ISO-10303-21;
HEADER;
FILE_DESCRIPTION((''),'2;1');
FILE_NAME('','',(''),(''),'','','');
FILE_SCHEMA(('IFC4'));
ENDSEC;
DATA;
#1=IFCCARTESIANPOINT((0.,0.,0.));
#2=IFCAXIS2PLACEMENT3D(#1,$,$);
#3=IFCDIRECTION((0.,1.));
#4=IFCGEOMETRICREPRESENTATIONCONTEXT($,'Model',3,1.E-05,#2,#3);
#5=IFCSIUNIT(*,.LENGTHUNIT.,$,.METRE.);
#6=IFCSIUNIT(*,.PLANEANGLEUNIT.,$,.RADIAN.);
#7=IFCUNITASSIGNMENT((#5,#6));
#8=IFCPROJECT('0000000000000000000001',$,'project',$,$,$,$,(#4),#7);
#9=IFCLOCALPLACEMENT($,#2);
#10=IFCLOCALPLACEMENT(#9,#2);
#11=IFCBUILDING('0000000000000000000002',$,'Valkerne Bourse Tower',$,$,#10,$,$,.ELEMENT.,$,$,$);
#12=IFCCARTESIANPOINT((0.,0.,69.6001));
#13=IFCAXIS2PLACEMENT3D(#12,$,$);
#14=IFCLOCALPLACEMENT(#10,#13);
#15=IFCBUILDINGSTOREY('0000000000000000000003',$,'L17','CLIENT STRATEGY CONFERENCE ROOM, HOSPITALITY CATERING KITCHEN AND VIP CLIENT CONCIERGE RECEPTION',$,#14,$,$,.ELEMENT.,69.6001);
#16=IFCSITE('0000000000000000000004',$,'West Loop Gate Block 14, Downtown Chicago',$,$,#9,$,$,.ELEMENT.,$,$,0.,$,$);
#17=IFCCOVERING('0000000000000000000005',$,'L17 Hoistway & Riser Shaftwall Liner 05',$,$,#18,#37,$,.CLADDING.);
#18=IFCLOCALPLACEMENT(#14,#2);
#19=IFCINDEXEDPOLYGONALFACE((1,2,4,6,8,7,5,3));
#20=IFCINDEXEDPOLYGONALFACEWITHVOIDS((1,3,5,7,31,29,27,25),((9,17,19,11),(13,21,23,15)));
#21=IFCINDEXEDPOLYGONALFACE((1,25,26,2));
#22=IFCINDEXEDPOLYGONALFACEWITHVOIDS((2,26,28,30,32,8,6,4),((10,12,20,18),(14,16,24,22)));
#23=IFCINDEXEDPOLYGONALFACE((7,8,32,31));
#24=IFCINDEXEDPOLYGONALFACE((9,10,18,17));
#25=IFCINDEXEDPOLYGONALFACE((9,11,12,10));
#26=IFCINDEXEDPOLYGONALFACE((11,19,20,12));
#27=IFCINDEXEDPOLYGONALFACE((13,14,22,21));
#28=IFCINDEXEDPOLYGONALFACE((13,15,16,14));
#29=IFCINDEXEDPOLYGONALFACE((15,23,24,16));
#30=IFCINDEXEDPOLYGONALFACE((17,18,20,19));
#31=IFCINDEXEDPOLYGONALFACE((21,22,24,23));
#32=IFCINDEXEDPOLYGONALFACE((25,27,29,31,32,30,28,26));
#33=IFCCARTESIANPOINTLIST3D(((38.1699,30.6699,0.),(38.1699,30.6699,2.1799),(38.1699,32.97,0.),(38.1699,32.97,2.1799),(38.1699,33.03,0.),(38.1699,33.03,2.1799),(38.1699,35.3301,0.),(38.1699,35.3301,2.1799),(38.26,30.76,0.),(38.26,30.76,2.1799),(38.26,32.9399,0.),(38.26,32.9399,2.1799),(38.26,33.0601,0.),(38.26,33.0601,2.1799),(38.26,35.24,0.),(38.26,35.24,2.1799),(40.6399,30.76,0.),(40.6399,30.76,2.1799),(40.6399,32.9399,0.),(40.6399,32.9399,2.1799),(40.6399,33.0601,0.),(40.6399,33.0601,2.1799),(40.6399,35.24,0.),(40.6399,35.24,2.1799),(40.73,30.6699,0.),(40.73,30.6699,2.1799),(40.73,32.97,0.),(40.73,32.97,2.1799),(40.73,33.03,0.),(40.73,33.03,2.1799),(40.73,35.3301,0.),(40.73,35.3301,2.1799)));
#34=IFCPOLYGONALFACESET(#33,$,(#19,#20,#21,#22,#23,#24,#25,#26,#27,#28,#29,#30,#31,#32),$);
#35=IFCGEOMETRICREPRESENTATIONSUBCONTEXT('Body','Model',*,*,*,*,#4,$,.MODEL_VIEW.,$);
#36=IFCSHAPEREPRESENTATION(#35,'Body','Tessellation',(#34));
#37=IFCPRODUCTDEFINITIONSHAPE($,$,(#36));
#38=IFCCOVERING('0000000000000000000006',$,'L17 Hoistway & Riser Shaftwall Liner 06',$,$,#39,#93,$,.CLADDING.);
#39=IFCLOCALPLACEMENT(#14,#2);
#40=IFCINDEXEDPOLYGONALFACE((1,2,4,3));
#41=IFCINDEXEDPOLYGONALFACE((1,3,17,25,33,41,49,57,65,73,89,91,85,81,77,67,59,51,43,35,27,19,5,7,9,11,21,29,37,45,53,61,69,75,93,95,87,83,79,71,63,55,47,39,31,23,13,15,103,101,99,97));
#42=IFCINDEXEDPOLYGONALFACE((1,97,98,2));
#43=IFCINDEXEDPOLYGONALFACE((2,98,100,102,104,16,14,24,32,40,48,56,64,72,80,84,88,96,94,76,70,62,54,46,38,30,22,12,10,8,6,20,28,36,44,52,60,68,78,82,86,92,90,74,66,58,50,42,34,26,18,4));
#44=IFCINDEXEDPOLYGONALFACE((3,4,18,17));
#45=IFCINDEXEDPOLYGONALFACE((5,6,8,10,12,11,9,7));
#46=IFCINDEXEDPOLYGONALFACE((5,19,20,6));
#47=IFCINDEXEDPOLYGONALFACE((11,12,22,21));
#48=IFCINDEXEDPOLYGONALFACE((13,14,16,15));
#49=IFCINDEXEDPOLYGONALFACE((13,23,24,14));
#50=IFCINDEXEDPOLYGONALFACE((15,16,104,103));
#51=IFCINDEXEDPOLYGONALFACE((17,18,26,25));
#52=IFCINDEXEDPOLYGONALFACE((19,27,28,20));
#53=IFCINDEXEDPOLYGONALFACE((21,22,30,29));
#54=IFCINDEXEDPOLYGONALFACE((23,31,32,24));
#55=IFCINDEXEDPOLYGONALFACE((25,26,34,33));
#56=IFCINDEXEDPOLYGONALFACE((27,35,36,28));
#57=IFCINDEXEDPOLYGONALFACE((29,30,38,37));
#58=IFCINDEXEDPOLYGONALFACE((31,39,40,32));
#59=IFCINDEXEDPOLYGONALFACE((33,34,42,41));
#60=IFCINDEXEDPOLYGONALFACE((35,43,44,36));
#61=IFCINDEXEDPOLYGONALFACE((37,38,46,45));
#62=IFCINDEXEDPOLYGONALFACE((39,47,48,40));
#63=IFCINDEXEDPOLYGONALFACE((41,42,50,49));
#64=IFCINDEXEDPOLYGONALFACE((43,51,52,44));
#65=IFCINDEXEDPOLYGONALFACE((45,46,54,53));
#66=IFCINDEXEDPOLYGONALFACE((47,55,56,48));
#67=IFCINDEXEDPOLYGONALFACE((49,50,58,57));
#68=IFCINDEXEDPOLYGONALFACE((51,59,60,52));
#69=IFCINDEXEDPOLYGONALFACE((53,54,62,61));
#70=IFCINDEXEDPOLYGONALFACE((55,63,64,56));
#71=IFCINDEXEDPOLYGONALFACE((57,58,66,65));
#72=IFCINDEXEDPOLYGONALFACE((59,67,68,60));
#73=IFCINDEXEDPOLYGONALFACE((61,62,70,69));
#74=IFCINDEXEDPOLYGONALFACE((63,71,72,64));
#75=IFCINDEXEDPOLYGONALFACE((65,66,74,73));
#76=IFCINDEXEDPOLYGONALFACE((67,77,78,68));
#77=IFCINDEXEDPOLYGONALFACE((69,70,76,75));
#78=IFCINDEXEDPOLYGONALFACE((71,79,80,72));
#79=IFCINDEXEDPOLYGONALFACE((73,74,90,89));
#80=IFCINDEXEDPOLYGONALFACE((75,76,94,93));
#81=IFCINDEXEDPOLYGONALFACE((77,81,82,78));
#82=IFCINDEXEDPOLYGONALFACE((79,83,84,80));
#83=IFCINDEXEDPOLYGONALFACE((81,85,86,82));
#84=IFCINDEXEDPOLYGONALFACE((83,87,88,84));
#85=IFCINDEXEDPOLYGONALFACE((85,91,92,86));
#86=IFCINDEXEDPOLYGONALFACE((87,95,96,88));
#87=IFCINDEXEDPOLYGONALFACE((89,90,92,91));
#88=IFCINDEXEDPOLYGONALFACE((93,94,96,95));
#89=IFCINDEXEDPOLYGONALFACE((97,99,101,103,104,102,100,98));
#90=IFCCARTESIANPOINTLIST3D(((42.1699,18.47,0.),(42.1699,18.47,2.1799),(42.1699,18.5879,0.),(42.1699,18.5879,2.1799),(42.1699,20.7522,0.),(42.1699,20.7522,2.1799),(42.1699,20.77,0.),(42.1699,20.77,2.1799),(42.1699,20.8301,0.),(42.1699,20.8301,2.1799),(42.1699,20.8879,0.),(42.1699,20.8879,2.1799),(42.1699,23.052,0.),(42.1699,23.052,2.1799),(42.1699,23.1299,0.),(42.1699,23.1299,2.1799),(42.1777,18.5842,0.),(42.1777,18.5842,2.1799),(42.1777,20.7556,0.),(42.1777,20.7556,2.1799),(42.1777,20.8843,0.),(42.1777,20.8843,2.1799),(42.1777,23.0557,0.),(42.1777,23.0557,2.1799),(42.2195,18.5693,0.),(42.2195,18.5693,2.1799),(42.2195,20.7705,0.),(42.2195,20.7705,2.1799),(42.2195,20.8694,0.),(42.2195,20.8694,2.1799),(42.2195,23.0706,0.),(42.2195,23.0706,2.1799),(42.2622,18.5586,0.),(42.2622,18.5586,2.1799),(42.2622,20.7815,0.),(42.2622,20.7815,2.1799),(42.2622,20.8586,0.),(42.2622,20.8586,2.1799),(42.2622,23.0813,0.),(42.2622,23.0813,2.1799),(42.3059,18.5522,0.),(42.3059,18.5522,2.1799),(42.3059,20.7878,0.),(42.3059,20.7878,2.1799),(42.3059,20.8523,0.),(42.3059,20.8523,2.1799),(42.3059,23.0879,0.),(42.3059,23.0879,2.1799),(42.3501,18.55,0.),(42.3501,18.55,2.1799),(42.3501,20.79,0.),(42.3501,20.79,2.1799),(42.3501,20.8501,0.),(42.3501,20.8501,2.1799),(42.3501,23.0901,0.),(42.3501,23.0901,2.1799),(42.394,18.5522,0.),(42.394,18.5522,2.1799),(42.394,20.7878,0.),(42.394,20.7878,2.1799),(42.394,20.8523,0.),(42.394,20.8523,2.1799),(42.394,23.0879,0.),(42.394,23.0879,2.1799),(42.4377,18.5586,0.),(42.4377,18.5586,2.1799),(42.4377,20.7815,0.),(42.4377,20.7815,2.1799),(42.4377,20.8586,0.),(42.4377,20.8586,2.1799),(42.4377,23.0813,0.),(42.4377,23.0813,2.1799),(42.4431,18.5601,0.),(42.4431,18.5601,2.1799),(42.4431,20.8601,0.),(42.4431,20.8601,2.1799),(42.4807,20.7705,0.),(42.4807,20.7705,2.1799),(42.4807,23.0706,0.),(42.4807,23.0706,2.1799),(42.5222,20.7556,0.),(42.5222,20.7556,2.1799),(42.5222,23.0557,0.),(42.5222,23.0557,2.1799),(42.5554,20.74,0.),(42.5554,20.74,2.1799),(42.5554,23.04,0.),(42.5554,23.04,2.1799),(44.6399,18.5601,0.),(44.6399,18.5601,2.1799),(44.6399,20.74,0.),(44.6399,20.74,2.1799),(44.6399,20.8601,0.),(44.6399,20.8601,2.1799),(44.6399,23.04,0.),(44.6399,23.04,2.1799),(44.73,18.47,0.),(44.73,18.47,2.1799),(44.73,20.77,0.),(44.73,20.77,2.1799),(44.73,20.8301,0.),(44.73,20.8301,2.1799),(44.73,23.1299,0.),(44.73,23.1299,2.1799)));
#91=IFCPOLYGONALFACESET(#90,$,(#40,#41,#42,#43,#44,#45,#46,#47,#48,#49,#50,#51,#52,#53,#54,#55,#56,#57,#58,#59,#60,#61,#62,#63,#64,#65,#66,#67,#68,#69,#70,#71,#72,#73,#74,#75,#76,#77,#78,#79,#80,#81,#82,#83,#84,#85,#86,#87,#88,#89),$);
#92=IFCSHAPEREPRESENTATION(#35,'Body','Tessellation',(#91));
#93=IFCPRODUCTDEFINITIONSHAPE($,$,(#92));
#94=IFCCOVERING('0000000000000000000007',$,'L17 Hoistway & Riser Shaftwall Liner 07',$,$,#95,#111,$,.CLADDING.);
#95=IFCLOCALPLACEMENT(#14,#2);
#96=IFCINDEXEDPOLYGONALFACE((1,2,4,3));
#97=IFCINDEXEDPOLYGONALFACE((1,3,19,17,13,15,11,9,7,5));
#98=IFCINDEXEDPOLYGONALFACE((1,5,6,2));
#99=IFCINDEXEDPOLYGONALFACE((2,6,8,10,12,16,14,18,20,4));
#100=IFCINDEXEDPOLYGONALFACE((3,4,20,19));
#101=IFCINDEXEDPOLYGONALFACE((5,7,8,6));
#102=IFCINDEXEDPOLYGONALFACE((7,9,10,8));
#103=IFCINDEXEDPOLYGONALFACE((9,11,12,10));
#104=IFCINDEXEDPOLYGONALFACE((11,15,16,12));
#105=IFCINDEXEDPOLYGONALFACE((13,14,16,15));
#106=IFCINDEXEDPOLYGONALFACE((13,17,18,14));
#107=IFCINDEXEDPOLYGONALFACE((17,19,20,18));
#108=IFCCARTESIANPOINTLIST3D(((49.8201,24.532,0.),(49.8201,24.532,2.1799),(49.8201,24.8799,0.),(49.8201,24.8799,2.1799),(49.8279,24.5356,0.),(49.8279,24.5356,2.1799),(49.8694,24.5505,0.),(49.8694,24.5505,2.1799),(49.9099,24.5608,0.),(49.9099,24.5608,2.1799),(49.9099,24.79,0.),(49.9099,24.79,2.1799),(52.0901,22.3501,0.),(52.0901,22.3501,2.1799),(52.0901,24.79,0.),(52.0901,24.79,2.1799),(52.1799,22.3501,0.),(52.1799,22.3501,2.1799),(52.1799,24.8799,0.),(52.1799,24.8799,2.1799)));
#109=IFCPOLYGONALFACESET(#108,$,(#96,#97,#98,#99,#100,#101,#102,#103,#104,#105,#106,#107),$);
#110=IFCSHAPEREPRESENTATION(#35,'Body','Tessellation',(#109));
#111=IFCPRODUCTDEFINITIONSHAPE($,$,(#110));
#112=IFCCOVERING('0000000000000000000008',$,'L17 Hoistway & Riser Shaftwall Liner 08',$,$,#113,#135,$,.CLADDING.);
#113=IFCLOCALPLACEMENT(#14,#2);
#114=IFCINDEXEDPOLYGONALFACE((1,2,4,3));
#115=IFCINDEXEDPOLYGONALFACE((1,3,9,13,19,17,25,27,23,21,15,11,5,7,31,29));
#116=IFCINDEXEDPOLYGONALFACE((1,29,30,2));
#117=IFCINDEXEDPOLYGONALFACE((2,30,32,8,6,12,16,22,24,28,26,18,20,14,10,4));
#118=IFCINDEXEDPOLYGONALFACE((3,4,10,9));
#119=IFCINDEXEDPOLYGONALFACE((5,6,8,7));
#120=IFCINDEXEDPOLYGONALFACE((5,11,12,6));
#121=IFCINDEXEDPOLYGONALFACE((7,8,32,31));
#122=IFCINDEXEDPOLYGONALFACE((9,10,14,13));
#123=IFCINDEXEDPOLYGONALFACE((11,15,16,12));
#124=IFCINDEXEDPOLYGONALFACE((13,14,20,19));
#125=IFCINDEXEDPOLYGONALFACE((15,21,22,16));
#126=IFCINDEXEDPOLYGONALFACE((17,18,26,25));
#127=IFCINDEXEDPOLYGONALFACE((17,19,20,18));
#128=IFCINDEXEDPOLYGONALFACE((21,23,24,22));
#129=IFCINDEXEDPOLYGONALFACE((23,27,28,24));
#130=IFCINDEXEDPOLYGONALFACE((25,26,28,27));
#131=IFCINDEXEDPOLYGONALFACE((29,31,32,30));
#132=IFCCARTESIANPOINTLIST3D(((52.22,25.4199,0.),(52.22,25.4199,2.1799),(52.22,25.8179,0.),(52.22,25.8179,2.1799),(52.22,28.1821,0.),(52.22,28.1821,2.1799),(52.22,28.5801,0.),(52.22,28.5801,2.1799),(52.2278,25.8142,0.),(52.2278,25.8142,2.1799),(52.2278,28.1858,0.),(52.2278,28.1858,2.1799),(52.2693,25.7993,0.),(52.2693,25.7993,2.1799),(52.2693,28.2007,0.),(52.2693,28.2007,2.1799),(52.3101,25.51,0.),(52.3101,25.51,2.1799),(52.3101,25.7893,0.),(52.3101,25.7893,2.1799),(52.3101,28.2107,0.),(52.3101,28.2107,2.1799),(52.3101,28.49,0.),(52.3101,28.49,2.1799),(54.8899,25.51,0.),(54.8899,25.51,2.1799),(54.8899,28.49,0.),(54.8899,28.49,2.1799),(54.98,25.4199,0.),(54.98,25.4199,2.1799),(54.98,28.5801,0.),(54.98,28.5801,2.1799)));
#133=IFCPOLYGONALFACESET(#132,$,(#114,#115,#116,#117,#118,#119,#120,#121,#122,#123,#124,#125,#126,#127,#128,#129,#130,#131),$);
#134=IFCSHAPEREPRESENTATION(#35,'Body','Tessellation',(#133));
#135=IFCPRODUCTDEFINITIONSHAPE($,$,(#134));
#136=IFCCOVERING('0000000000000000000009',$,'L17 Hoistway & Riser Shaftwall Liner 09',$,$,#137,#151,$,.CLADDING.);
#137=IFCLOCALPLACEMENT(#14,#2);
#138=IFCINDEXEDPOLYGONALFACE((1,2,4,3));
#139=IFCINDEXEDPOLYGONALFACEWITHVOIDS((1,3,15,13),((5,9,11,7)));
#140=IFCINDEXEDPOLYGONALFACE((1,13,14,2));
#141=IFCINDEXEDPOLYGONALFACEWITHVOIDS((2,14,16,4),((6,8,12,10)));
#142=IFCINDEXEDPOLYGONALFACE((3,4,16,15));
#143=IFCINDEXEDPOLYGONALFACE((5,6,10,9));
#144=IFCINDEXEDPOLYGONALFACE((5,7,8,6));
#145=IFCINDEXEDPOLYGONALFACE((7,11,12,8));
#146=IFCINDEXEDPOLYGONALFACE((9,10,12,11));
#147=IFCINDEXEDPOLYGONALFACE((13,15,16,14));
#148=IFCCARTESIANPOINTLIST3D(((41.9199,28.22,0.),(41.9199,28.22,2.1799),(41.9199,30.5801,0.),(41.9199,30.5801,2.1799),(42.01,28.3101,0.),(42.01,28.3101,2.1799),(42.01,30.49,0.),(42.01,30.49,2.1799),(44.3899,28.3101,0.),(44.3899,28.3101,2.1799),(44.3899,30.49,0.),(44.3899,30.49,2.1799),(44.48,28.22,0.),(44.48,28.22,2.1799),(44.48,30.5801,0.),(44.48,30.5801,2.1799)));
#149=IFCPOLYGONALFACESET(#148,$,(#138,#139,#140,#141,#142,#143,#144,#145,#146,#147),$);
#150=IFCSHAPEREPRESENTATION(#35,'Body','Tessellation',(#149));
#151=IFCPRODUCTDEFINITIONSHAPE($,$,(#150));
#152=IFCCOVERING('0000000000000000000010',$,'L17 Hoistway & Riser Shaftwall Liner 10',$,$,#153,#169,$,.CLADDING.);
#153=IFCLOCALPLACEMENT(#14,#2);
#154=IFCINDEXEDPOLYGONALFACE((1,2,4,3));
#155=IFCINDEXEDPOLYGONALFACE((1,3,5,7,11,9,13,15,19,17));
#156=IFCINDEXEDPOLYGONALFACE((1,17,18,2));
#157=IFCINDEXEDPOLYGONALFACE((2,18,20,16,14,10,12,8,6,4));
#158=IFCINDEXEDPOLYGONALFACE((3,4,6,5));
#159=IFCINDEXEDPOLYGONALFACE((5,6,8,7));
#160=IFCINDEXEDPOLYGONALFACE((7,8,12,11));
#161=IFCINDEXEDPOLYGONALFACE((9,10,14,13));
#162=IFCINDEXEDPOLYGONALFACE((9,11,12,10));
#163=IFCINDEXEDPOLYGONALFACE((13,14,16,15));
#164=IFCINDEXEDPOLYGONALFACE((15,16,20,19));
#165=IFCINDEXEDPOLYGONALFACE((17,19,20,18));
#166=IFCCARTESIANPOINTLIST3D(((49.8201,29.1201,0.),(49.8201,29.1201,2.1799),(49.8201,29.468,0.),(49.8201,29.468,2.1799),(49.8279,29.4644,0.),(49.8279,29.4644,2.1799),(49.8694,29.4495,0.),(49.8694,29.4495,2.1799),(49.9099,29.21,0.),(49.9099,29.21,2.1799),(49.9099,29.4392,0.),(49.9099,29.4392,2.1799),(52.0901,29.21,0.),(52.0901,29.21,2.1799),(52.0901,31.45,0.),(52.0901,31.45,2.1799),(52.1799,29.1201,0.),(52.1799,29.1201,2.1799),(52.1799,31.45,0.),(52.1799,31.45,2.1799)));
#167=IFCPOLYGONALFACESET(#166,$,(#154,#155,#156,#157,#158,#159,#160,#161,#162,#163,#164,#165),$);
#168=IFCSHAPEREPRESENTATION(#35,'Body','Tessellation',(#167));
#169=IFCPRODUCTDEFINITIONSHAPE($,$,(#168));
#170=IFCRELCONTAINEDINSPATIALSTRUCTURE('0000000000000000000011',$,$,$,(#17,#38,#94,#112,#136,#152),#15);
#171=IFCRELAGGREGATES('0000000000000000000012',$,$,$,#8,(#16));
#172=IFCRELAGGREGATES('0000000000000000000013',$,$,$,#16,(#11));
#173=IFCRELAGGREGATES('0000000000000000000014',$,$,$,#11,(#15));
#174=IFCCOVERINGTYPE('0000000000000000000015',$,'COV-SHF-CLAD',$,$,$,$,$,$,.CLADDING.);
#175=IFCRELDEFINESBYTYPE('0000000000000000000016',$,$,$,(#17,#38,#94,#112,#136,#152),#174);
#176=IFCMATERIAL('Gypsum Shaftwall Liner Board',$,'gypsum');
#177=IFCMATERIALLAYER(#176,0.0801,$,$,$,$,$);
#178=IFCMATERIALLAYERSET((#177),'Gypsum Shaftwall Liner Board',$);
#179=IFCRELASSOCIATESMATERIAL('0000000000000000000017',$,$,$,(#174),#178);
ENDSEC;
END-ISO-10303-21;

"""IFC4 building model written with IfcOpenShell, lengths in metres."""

from ifc_helpers import new_model, si_unit, direction, frame, origin, place, context, subcontext, project, spatial, polyline, outline, extrude, material, layer, layer_set, type_object, element, save


model = new_model("IFC4")

# Units and contexts
model_context = context("Model", 3, precision=1e-05, world=origin(), true_north=direction((0.0, 1.0)))
body_context = subcontext(model_context, "Body", "Model", "MODEL_VIEW")
ifc_project = project(units=[si_unit("LENGTHUNIT", "METRE"), si_unit("PLANEANGLEUNIT", "RADIAN")], contexts=[model_context])

# Site, building, storey
site_placement = place(None, origin())
site = spatial("IfcSite", under=ifc_project, at=site_placement, Name="West Loop Gate Block 14, Downtown Chicago", CompositionType="ELEMENT", RefElevation=0.0)
building_placement = place(site_placement, origin())
building = spatial("IfcBuilding", under=site, at=building_placement, Name="Valkerne Bourse Tower", CompositionType="ELEMENT")
storey_placement = place(building_placement, frame((0.0, 0.0, 69.6001)))
storey = spatial("IfcBuildingStorey", under=building, at=storey_placement, Name="L17", Description="CLIENT STRATEGY CONFERENCE ROOM, HOSPITALITY CATERING KITCHEN AND VIP CLIENT CONCIERGE RECEPTION", CompositionType="ELEMENT", Elevation=69.6001)

# Coverings
ifc_material_1 = material(Name="Gypsum Shaftwall Liner Board", Category="gypsum")
ifc_layer_1 = layer(ifc_material_1, 0.0801)
ifc_layer_set_1 = layer_set([ifc_layer_1], Name="Gypsum Shaftwall Liner Board")
covering_type_1 = type_object("IfcCoveringType", Name="COV-SHF-CLAD", PredefinedType="CLADDING", material=ifc_layer_set_1)
covering_1_placement = place(storey_placement, origin())
element("IfcCovering", 1, at=covering_1_placement, inside=storey, type_object=covering_type_1, Name="L17 Hoistway & Riser Shaftwall Liner 05", PredefinedType="CLADDING", context=body_context, shape_type="SweptSolid", body=[
    extrude(outline(polyline([(38.1699, 35.3301), (40.73, 35.3301), (40.73, 33.03), (40.73, 32.97), (40.73, 30.6699), (38.1699, 30.6699), (38.1699, 32.97), (38.1699, 33.03), (38.1699, 35.3301)]), holes=[polyline([(38.26, 32.9399), (38.26, 30.76), (40.6399, 30.76), (40.6399, 32.9399), (38.26, 32.9399)]), polyline([(38.26, 35.24), (38.26, 33.0601), (40.6399, 33.0601), (40.6399, 35.24), (38.26, 35.24)])]), origin(), (0.0, 0.0, 1.0), 2.1799),
])
covering_2_placement = place(storey_placement, origin())
element("IfcCovering", 2, at=covering_2_placement, inside=storey, type_object=covering_type_1, Name="L17 Hoistway & Riser Shaftwall Liner 06", PredefinedType="CLADDING", context=body_context, shape_type="SweptSolid", body=[
    extrude(outline(polyline([(42.1699, 20.8301), (42.1699, 20.8879), (42.1777, 20.8843), (42.2195, 20.8694), (42.2622, 20.8586), (42.3059, 20.8523), (42.3501, 20.8501), (42.394, 20.8523), (42.4377, 20.8586), (42.4431, 20.8601), (44.6399, 20.8601), (44.6399, 23.04), (42.5554, 23.04), (42.5222, 23.0557), (42.4807, 23.0706), (42.4377, 23.0813), (42.394, 23.0879), (42.3501, 23.0901), (42.3059, 23.0879), (42.2622, 23.0813), (42.2195, 23.0706), (42.1777, 23.0557), (42.1699, 23.052), (42.1699, 23.1299), (44.73, 23.1299), (44.73, 20.8301), (44.73, 20.77), (44.73, 18.47), (42.1699, 18.47), (42.1699, 18.5879), (42.1777, 18.5842), (42.2195, 18.5693), (42.2622, 18.5586), (42.3059, 18.5522), (42.3501, 18.55), (42.394, 18.5522), (42.4377, 18.5586), (42.4431, 18.5601), (44.6399, 18.5601), (44.6399, 20.74), (42.5554, 20.74), (42.5222, 20.7556), (42.4807, 20.7705), (42.4377, 20.7815), (42.394, 20.7878), (42.3501, 20.79), (42.3059, 20.7878), (42.2622, 20.7815), (42.2195, 20.7705), (42.1777, 20.7556), (42.1699, 20.7522), (42.1699, 20.77), (42.1699, 20.8301)])), origin(), (0.0, 0.0, 1.0), 2.1799),
])
covering_3_placement = place(storey_placement, origin())
element("IfcCovering", 3, at=covering_3_placement, inside=storey, type_object=covering_type_1, Name="L17 Hoistway & Riser Shaftwall Liner 07", PredefinedType="CLADDING", context=body_context, shape_type="SweptSolid", body=[
    extrude(outline(polyline([(52.1799, 22.3501), (52.0901, 22.3501), (52.0901, 24.79), (49.9099, 24.79), (49.9099, 24.5608), (49.8694, 24.5505), (49.8279, 24.5356), (49.8201, 24.532), (49.8201, 24.8799), (52.1799, 24.8799), (52.1799, 22.3501)])), origin(), (0.0, 0.0, 1.0), 2.1799),
])
covering_4_placement = place(storey_placement, origin())
element("IfcCovering", 4, at=covering_4_placement, inside=storey, type_object=covering_type_1, Name="L17 Hoistway & Riser Shaftwall Liner 08", PredefinedType="CLADDING", context=body_context, shape_type="SweptSolid", body=[
    extrude(outline(polyline([(54.98, 25.4199), (52.22, 25.4199), (52.22, 25.8179), (52.2278, 25.8142), (52.2693, 25.7993), (52.3101, 25.7893), (52.3101, 25.51), (54.8899, 25.51), (54.8899, 28.49), (52.3101, 28.49), (52.3101, 28.2107), (52.2693, 28.2007), (52.2278, 28.1858), (52.22, 28.1821), (52.22, 28.5801), (54.98, 28.5801), (54.98, 25.4199)])), origin(), (0.0, 0.0, 1.0), 2.1799),
])
covering_5_placement = place(storey_placement, origin())
element("IfcCovering", 5, at=covering_5_placement, inside=storey, type_object=covering_type_1, Name="L17 Hoistway & Riser Shaftwall Liner 09", PredefinedType="CLADDING", context=body_context, shape_type="SweptSolid", body=[
    extrude(outline(polyline([(44.48, 28.22), (41.9199, 28.22), (41.9199, 30.5801), (44.48, 30.5801), (44.48, 28.22)]), holes=[polyline([(42.01, 30.49), (42.01, 28.3101), (44.3899, 28.3101), (44.3899, 30.49), (42.01, 30.49)])]), origin(), (0.0, 0.0, 1.0), 2.1799),
])
covering_6_placement = place(storey_placement, origin())
element("IfcCovering", 6, at=covering_6_placement, inside=storey, type_object=covering_type_1, Name="L17 Hoistway & Riser Shaftwall Liner 10", PredefinedType="CLADDING", context=body_context, shape_type="SweptSolid", body=[
    extrude(outline(polyline([(49.8201, 29.1201), (49.8201, 29.468), (49.8279, 29.4644), (49.8694, 29.4495), (49.9099, 29.4392), (49.9099, 29.21), (52.0901, 29.21), (52.0901, 31.45), (52.1799, 31.45), (52.1799, 29.1201), (49.8201, 29.1201)])), origin(), (0.0, 0.0, 1.0), 2.1799),
])

save(model, "model.ifc")
